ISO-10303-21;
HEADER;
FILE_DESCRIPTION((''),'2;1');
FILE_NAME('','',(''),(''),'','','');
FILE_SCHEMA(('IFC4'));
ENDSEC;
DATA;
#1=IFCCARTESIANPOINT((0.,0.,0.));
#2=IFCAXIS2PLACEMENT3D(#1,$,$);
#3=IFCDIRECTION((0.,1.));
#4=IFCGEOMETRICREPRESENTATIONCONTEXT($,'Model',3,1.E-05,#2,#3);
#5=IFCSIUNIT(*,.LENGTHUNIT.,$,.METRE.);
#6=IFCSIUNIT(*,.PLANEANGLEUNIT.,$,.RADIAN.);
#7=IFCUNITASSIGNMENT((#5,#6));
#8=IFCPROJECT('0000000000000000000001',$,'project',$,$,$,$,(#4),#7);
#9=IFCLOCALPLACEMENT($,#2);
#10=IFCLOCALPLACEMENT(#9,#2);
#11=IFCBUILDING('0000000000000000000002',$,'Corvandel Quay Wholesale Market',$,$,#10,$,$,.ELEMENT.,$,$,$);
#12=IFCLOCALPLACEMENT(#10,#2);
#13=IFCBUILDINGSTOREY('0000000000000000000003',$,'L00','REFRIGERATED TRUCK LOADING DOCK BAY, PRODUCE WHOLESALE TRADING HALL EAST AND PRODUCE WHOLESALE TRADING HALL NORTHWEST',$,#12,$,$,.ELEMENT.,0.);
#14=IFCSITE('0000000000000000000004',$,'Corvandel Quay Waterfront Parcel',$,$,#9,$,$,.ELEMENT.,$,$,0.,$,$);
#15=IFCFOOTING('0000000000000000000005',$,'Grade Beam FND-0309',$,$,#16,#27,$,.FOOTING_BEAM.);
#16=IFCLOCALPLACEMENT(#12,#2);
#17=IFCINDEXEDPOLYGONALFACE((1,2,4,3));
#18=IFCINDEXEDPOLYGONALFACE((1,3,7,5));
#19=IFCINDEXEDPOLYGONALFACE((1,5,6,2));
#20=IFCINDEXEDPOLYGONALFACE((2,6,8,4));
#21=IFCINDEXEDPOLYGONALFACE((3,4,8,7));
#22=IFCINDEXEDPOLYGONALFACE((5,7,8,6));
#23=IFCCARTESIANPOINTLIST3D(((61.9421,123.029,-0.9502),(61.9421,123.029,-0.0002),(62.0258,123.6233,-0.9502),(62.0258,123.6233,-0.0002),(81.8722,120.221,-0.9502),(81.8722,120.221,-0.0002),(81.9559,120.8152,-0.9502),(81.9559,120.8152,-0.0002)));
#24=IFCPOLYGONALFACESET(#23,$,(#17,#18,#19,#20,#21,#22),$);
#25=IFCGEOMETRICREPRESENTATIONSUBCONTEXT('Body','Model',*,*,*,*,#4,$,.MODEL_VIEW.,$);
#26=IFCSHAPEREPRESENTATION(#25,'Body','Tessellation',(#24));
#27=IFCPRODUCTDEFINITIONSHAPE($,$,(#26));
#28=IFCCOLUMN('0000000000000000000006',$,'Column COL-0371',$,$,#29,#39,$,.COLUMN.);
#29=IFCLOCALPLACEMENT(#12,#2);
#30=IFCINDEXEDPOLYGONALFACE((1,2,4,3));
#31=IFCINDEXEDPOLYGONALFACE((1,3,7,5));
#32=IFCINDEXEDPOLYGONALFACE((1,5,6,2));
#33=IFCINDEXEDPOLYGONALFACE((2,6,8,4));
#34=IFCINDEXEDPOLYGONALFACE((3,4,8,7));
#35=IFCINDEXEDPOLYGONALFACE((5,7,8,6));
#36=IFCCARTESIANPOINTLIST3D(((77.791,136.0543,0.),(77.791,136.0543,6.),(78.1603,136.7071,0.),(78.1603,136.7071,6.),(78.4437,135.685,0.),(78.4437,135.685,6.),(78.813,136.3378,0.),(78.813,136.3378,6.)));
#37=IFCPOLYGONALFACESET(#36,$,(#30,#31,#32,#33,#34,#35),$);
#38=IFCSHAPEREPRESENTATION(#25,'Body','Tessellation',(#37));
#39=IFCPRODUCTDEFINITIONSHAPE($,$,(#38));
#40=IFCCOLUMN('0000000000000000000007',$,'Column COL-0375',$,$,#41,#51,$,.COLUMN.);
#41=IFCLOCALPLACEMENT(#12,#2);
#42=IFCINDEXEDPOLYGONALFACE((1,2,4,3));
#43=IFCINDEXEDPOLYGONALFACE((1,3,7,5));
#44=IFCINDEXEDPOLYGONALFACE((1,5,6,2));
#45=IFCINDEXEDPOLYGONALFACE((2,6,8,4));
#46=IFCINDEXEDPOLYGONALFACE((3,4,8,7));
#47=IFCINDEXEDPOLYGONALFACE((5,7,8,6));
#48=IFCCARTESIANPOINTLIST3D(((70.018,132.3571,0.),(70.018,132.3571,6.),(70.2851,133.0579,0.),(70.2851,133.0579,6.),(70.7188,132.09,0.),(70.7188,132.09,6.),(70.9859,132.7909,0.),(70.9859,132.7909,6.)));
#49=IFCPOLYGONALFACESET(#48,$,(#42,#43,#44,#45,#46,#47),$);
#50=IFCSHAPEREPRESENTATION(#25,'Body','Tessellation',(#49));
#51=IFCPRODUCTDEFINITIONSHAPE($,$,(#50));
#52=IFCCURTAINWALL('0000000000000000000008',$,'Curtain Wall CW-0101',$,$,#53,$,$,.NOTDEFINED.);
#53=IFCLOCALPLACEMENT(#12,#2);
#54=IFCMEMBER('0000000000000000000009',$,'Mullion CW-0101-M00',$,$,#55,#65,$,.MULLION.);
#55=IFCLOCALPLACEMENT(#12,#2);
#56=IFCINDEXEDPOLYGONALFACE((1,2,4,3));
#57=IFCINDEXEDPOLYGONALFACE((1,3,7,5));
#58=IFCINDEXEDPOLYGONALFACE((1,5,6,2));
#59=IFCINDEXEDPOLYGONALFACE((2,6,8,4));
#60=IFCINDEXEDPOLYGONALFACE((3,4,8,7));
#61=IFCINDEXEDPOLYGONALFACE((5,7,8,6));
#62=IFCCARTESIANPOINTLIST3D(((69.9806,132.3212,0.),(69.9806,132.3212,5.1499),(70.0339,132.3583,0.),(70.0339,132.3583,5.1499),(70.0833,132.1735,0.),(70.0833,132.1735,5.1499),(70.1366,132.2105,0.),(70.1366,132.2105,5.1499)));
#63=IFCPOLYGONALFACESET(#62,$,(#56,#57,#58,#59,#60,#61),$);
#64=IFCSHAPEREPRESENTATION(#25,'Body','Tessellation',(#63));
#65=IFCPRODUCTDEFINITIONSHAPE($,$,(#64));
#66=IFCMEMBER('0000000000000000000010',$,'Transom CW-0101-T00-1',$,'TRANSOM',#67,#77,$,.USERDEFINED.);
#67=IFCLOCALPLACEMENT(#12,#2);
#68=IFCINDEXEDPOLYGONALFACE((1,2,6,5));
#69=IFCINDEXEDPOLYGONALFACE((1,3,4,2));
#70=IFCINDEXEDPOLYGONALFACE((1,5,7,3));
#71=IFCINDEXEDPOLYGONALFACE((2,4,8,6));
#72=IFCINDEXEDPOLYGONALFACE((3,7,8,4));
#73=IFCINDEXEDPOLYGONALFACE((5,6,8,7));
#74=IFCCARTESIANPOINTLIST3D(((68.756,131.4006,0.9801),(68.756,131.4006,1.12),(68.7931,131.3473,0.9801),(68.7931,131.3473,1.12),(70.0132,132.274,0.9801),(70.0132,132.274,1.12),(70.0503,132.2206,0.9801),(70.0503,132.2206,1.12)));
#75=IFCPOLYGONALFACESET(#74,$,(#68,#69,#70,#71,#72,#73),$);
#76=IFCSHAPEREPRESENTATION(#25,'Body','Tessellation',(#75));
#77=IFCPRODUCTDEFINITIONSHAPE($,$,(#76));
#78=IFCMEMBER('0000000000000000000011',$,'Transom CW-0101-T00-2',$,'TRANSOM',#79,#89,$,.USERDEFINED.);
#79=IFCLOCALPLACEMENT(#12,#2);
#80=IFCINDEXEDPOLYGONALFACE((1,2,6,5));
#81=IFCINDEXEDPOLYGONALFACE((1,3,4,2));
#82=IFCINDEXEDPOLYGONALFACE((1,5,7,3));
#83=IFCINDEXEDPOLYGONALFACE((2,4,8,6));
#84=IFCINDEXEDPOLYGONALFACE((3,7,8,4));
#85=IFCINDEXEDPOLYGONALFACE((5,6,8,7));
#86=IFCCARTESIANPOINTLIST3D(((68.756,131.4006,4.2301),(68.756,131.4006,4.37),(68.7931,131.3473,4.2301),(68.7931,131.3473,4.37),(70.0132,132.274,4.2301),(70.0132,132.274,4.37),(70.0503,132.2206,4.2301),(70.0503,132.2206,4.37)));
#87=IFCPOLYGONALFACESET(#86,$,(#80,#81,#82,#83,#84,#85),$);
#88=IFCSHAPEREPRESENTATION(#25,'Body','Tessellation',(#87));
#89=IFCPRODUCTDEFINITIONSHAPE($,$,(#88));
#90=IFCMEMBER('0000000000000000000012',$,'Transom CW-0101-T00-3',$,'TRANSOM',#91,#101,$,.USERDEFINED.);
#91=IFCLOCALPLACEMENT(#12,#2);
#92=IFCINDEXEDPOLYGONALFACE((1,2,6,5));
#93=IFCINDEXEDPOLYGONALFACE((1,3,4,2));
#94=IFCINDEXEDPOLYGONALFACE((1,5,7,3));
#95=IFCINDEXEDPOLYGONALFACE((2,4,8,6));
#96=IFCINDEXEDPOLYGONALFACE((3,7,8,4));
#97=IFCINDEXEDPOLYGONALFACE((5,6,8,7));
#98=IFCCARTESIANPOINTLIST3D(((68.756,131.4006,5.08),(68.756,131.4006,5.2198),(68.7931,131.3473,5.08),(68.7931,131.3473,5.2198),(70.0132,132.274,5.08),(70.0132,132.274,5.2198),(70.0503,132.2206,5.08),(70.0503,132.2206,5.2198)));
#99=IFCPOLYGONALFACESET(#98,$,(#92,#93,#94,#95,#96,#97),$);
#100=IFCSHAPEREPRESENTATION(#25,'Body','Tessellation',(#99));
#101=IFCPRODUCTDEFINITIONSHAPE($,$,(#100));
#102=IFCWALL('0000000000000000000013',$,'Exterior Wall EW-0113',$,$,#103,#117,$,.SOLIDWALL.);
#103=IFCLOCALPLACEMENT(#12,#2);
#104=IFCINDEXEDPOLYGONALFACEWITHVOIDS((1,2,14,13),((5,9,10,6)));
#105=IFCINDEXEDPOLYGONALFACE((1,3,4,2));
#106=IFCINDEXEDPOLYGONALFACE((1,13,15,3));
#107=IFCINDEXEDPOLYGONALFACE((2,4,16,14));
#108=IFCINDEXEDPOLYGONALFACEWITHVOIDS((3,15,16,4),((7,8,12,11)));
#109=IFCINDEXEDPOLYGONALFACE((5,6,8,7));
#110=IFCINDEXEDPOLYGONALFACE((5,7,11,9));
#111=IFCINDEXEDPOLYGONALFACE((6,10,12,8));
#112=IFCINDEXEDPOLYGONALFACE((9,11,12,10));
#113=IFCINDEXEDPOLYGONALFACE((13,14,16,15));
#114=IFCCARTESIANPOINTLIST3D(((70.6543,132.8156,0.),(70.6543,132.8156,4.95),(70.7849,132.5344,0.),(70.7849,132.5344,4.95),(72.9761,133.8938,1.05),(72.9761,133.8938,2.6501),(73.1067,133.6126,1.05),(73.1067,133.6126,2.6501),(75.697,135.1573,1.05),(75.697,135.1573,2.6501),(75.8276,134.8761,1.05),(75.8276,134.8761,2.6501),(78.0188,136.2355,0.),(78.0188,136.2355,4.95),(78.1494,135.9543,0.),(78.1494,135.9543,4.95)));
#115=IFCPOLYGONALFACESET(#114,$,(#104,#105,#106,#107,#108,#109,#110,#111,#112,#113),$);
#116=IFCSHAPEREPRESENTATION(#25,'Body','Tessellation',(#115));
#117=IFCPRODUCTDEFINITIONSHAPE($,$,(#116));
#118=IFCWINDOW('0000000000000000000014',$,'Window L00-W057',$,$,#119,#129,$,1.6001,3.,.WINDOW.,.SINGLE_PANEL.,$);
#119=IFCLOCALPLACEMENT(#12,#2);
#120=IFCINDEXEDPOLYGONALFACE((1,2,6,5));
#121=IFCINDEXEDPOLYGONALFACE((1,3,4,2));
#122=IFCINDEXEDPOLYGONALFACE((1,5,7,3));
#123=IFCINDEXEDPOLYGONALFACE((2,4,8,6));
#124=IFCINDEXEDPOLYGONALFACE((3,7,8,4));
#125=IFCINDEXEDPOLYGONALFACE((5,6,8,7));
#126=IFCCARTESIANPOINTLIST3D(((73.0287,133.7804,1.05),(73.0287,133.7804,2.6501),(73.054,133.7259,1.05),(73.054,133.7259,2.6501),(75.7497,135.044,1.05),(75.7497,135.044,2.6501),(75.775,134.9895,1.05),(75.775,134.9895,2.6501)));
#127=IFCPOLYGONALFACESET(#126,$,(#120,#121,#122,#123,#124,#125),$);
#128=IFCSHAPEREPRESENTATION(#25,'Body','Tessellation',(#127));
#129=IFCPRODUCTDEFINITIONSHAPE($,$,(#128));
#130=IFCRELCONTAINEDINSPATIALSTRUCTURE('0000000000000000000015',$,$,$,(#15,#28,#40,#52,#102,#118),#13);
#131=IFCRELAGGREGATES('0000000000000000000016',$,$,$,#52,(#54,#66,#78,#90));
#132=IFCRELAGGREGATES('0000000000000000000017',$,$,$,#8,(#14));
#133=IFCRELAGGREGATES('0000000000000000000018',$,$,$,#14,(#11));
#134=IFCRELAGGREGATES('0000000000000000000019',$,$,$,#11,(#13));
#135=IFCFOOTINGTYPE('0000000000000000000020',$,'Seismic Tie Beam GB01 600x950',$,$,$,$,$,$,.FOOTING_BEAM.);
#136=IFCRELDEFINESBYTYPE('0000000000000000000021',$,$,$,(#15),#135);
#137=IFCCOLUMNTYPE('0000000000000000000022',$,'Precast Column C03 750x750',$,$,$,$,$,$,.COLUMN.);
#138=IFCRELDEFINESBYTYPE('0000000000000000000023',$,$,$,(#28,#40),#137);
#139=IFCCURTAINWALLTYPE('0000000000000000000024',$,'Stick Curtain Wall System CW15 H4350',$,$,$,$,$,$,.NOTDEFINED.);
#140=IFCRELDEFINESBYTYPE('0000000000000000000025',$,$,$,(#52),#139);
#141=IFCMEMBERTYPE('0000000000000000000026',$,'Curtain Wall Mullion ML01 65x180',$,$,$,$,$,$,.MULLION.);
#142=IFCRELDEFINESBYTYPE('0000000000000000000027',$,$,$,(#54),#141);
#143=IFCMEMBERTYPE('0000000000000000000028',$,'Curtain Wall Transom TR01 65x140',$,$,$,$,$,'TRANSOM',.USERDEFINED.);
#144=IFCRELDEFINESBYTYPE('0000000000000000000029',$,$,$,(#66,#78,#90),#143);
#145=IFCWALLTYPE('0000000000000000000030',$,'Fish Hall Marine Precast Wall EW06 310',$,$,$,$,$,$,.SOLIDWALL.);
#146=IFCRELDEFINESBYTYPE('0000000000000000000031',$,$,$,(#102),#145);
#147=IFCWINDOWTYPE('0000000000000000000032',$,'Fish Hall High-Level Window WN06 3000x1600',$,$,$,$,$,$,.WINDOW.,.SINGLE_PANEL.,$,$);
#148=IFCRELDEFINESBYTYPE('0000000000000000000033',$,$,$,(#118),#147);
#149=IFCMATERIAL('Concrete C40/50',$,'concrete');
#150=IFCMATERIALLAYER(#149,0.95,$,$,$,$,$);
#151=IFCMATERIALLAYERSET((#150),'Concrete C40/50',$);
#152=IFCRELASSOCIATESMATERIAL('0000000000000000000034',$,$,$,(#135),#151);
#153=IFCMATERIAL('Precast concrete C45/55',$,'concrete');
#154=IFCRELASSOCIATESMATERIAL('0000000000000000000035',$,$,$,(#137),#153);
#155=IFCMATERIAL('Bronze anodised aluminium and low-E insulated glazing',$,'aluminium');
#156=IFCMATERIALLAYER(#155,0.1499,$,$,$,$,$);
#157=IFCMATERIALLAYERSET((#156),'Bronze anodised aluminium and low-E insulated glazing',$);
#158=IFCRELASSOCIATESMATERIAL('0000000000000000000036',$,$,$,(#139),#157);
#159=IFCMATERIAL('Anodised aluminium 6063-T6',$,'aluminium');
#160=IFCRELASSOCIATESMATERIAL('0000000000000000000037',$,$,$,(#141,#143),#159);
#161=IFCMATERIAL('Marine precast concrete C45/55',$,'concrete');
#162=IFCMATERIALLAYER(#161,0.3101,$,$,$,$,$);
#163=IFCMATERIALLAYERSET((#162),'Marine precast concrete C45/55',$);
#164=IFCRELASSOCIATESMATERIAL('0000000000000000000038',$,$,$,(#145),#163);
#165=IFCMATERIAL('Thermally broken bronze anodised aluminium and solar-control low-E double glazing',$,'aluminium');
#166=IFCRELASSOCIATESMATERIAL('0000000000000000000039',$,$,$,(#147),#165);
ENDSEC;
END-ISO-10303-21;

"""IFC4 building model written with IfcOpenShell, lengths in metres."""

from ifc_helpers import new_model, si_unit, direction, frame, frame_2d, origin, origin_2d, place, context, subcontext, project, spatial, rectangle, extrude, material, layer, layer_set, material_profile, profile_set, type_object, element, fill, aggregate, save


model = new_model("IFC4")

# Units and contexts
model_context = context("Model", 3, precision=1e-05, world=origin(), true_north=direction((0.0, 1.0)))
body_context = subcontext(model_context, "Body", "Model", "MODEL_VIEW")
ifc_project = project(units=[si_unit("LENGTHUNIT", "METRE"), si_unit("PLANEANGLEUNIT", "RADIAN")], contexts=[model_context])

# Site, building, storey
site_placement = place(None, origin())
site = spatial("IfcSite", under=ifc_project, at=site_placement, Name="Corvandel Quay Waterfront Parcel", CompositionType="ELEMENT", RefElevation=0.0)
building_placement = place(site_placement, origin())
building = spatial("IfcBuilding", under=site, at=building_placement, Name="Corvandel Quay Wholesale Market", CompositionType="ELEMENT")
storey_placement = place(building_placement, origin())
storey = spatial("IfcBuildingStorey", under=building, at=storey_placement, Name="L00", Description="REFRIGERATED TRUCK LOADING DOCK BAY, PRODUCE WHOLESALE TRADING HALL EAST AND PRODUCE WHOLESALE TRADING HALL NORTHWEST", CompositionType="ELEMENT", Elevation=0.0)

# Shared definitions
ifc_material_1 = material(Name="Concrete C40/50", Category="concrete")

# Footing
ifc_layer_1 = layer(ifc_material_1, 0.95)
ifc_layer_set_1 = layer_set([ifc_layer_1], Name="Concrete C40/50")
footing_type_1 = type_object("IfcFootingType", Name="Seismic Tie Beam GB01 600x950", PredefinedType="FOOTING_BEAM", material=ifc_layer_set_1)
footing_1_placement = place(storey_placement, frame((71.949, 121.9221, -0.9502), z_axis=(0.0, 0.0, 1.0), x_axis=(-0.990219, 0.139519, 0.0)))
element("IfcFooting", 1, at=footing_1_placement, inside=storey, type_object=footing_type_1, Name="Grade Beam FND-0309", PredefinedType="FOOTING_BEAM", context=body_context, shape_type="SweptSolid", body=[
    extrude(rectangle(XDim=20.127, YDim=0.6001, at=origin_2d()), origin(), (0.0, 0.0, 1.0), 0.95),
])

# Columns
ifc_material_2 = material(Name="Precast concrete C45/55", Category="concrete")
ifc_material_profile_1 = material_profile(ifc_material_2, rectangle(XDim=0.75, YDim=0.75, at=origin_2d()), Name="PC-COL-750x750")
ifc_profile_set_1 = profile_set([ifc_material_profile_1], Name="Precast concrete C45/55")
column_type = type_object("IfcColumnType", Name="Precast Column C03 750x750", PredefinedType="COLUMN", material=ifc_profile_set_1)
for number, where, z_axis, x_axis, name in (
    (2, (78.302, 136.196, 0.0), (0.0, 0.0, 1.0), (0.492424, 0.870356, 0.0), "Column COL-0371"),
    (3, (70.502, 132.574, 0.0), (0.0, 0.0, 1.0), (0.356086, 0.934453, 0.0), "Column COL-0375"),
):
    element("IfcColumn", number, at=place(storey_placement, frame(where, z_axis=z_axis, x_axis=x_axis)), inside=storey, type_object=column_type, Name=name, PredefinedType="COLUMN", context=body_context, shape_type="SweptSolid", body=[
        extrude(rectangle(XDim=0.75, YDim=0.75, at=origin_2d()), origin(), (0.0, 0.0, 1.0), 6.0),
    ])

# Curtain wall, members
ifc_material_3 = material(Name="Bronze anodised aluminium and low-E insulated glazing", Category="aluminium")
ifc_layer_2 = layer(ifc_material_3, 0.1499)
ifc_layer_set_2 = layer_set([ifc_layer_2], Name="Bronze anodised aluminium and low-E insulated glazing")
curtain_wall_type = type_object("IfcCurtainWallType", Name="Stick Curtain Wall System CW15 H4350", PredefinedType="NOTDEFINED", material=ifc_layer_set_2)
curtain_wall_placement = place(storey_placement, origin())
curtain_wall = element("IfcCurtainWall", 4, at=curtain_wall_placement, inside=storey, type_object=curtain_wall_type, Name="Curtain Wall CW-0101", PredefinedType="NOTDEFINED")
ifc_material_4 = material(Name="Anodised aluminium 6063-T6", Category="aluminium")
ifc_material_profile_2 = material_profile(ifc_material_4, rectangle(XDim=0.0649, YDim=0.1799, at=origin_2d()), Name="ALU-MUL-65x180")
ifc_profile_set_2 = profile_set([ifc_material_profile_2], Name="Anodised aluminium 6063-T6")
member_type_1 = type_object("IfcMemberType", Name="Curtain Wall Mullion ML01 65x180", PredefinedType="MULLION", material=ifc_profile_set_2)
member_1_placement = place(storey_placement, frame((70.0586, 132.2659, 0.0), z_axis=(0.0, 0.0, 1.0), x_axis=(0.821249, 0.57057, 0.0)))
member_1 = element("IfcMember", 5, at=member_1_placement, type_object=member_type_1, Name="Mullion CW-0101-M00", PredefinedType="MULLION", context=body_context, shape_type="SweptSolid", body=[
    extrude(rectangle(XDim=0.0649, YDim=0.1799, at=origin_2d()), origin(), (0.0, 0.0, 1.0), 5.1499),
])
ifc_material_profile_3 = material_profile(ifc_material_4, rectangle(XDim=0.0649, YDim=0.1399, at=origin_2d()), Name="ALU-TRN-65x140")
ifc_profile_set_3 = profile_set([ifc_material_profile_3], Name="Anodised aluminium 6063-T6")
member_type_2 = type_object("IfcMemberType", Name="Curtain Wall Transom TR01 65x140", ElementType="TRANSOM", PredefinedType="USERDEFINED", material=ifc_profile_set_3)
member_2_placement = place(storey_placement, frame((70.0317, 132.2473, 1.05), z_axis=(-0.821272, -0.570536, 0.0), x_axis=(0.570536, -0.821272, 0.0)))
member_2 = element("IfcMember", 6, at=member_2_placement, type_object=member_type_2, Name="Transom CW-0101-T00-1", ObjectType="TRANSOM", PredefinedType="USERDEFINED", context=body_context, shape_type="SweptSolid", body=[
    extrude(rectangle(XDim=0.0649, YDim=0.1399, at=origin_2d()), origin(), (0.0, 0.0, 1.0), 1.5308),
])
member_3_placement = place(storey_placement, frame((70.0317, 132.2473, 4.3), z_axis=(-0.821272, -0.570536, 0.0), x_axis=(0.570536, -0.821272, 0.0)))
member_3 = element("IfcMember", 7, at=member_3_placement, type_object=member_type_2, Name="Transom CW-0101-T00-2", ObjectType="TRANSOM", PredefinedType="USERDEFINED", context=body_context, shape_type="SweptSolid", body=[
    extrude(rectangle(XDim=0.0649, YDim=0.1399, at=origin_2d()), origin(), (0.0, 0.0, 1.0), 1.5308),
])
member_4_placement = place(storey_placement, frame((70.0317, 132.2473, 5.1499), z_axis=(-0.821272, -0.570536, 0.0), x_axis=(0.570536, -0.821272, 0.0)))
member_4 = element("IfcMember", 8, at=member_4_placement, type_object=member_type_2, Name="Transom CW-0101-T00-3", ObjectType="TRANSOM", PredefinedType="USERDEFINED", context=body_context, shape_type="SweptSolid", body=[
    extrude(rectangle(XDim=0.0649, YDim=0.1399, at=origin_2d()), origin(), (0.0, 0.0, 1.0), 1.5308),
])
aggregate(curtain_wall, [member_1, member_2, member_3, member_4])

# Wall, opening, window
ifc_material_5 = material(Name="Marine precast concrete C45/55", Category="concrete")
ifc_layer_3 = layer(ifc_material_5, 0.3101)
ifc_layer_set_3 = layer_set([ifc_layer_3], Name="Marine precast concrete C45/55")
wall_type = type_object("IfcWallType", Name="Fish Hall Marine Precast Wall EW06 310", PredefinedType="SOLIDWALL", material=ifc_layer_set_3)
wall_placement = place(storey_placement, frame((78.0842, 136.095, 0.0), z_axis=(0.0, 0.0, 1.0), x_axis=(-0.906977, -0.421181, 0.0)))
wall = element("IfcWall", 9, at=wall_placement, inside=storey, type_object=wall_type, Name="Exterior Wall EW-0113", PredefinedType="SOLIDWALL", context=body_context, shape_type="SweptSolid", body=[
    extrude(rectangle(XDim=8.1199, YDim=0.3101, at=frame_2d((4.0601, 0.0))), origin(), (0.0, 0.0, 1.0), 4.95),
])
opening_placement = place(wall_placement, frame((2.5601, 0.0, 1.05)))
opening = element("IfcOpeningElement", 10, at=opening_placement, cuts=wall, PredefinedType="OPENING", context=body_context, shape_type="SweptSolid", body=[
    extrude(rectangle(XDim=3.0, YDim=1.6001, at=frame_2d((1.5, 0.8))), frame((0.0, 0.165, 0.0), z_axis=(0.0, -1.0, 0.0), x_axis=(1.0, 0.0, 0.0)), (0.0, 0.0, 1.0), 0.3301),
])
ifc_material_6 = material(Name="Thermally broken bronze anodised aluminium and solar-control low-E double glazing", Category="aluminium")
window_type = type_object("IfcWindowType", Name="Fish Hall High-Level Window WN06 3000x1600", PartitioningType="SINGLE_PANEL", PredefinedType="WINDOW", material=ifc_material_6)
window_placement = place(opening_placement, origin())
window = element("IfcWindow", 11, at=window_placement, inside=storey, type_object=window_type, Name="Window L00-W057", OverallHeight=1.6001, OverallWidth=3.0, PartitioningType="SINGLE_PANEL", PredefinedType="WINDOW", context=body_context, shape_type="SweptSolid", body=[
    extrude(rectangle(XDim=3.0, YDim=1.6001, at=frame_2d((1.5, 0.8))), frame((0.0, 0.03, 0.0), z_axis=(0.0, -1.0, 0.0), x_axis=(1.0, 0.0, 0.0)), (0.0, 0.0, 1.0), 0.0601),
])
fill(opening, window)

save(model, "model.ifc")
